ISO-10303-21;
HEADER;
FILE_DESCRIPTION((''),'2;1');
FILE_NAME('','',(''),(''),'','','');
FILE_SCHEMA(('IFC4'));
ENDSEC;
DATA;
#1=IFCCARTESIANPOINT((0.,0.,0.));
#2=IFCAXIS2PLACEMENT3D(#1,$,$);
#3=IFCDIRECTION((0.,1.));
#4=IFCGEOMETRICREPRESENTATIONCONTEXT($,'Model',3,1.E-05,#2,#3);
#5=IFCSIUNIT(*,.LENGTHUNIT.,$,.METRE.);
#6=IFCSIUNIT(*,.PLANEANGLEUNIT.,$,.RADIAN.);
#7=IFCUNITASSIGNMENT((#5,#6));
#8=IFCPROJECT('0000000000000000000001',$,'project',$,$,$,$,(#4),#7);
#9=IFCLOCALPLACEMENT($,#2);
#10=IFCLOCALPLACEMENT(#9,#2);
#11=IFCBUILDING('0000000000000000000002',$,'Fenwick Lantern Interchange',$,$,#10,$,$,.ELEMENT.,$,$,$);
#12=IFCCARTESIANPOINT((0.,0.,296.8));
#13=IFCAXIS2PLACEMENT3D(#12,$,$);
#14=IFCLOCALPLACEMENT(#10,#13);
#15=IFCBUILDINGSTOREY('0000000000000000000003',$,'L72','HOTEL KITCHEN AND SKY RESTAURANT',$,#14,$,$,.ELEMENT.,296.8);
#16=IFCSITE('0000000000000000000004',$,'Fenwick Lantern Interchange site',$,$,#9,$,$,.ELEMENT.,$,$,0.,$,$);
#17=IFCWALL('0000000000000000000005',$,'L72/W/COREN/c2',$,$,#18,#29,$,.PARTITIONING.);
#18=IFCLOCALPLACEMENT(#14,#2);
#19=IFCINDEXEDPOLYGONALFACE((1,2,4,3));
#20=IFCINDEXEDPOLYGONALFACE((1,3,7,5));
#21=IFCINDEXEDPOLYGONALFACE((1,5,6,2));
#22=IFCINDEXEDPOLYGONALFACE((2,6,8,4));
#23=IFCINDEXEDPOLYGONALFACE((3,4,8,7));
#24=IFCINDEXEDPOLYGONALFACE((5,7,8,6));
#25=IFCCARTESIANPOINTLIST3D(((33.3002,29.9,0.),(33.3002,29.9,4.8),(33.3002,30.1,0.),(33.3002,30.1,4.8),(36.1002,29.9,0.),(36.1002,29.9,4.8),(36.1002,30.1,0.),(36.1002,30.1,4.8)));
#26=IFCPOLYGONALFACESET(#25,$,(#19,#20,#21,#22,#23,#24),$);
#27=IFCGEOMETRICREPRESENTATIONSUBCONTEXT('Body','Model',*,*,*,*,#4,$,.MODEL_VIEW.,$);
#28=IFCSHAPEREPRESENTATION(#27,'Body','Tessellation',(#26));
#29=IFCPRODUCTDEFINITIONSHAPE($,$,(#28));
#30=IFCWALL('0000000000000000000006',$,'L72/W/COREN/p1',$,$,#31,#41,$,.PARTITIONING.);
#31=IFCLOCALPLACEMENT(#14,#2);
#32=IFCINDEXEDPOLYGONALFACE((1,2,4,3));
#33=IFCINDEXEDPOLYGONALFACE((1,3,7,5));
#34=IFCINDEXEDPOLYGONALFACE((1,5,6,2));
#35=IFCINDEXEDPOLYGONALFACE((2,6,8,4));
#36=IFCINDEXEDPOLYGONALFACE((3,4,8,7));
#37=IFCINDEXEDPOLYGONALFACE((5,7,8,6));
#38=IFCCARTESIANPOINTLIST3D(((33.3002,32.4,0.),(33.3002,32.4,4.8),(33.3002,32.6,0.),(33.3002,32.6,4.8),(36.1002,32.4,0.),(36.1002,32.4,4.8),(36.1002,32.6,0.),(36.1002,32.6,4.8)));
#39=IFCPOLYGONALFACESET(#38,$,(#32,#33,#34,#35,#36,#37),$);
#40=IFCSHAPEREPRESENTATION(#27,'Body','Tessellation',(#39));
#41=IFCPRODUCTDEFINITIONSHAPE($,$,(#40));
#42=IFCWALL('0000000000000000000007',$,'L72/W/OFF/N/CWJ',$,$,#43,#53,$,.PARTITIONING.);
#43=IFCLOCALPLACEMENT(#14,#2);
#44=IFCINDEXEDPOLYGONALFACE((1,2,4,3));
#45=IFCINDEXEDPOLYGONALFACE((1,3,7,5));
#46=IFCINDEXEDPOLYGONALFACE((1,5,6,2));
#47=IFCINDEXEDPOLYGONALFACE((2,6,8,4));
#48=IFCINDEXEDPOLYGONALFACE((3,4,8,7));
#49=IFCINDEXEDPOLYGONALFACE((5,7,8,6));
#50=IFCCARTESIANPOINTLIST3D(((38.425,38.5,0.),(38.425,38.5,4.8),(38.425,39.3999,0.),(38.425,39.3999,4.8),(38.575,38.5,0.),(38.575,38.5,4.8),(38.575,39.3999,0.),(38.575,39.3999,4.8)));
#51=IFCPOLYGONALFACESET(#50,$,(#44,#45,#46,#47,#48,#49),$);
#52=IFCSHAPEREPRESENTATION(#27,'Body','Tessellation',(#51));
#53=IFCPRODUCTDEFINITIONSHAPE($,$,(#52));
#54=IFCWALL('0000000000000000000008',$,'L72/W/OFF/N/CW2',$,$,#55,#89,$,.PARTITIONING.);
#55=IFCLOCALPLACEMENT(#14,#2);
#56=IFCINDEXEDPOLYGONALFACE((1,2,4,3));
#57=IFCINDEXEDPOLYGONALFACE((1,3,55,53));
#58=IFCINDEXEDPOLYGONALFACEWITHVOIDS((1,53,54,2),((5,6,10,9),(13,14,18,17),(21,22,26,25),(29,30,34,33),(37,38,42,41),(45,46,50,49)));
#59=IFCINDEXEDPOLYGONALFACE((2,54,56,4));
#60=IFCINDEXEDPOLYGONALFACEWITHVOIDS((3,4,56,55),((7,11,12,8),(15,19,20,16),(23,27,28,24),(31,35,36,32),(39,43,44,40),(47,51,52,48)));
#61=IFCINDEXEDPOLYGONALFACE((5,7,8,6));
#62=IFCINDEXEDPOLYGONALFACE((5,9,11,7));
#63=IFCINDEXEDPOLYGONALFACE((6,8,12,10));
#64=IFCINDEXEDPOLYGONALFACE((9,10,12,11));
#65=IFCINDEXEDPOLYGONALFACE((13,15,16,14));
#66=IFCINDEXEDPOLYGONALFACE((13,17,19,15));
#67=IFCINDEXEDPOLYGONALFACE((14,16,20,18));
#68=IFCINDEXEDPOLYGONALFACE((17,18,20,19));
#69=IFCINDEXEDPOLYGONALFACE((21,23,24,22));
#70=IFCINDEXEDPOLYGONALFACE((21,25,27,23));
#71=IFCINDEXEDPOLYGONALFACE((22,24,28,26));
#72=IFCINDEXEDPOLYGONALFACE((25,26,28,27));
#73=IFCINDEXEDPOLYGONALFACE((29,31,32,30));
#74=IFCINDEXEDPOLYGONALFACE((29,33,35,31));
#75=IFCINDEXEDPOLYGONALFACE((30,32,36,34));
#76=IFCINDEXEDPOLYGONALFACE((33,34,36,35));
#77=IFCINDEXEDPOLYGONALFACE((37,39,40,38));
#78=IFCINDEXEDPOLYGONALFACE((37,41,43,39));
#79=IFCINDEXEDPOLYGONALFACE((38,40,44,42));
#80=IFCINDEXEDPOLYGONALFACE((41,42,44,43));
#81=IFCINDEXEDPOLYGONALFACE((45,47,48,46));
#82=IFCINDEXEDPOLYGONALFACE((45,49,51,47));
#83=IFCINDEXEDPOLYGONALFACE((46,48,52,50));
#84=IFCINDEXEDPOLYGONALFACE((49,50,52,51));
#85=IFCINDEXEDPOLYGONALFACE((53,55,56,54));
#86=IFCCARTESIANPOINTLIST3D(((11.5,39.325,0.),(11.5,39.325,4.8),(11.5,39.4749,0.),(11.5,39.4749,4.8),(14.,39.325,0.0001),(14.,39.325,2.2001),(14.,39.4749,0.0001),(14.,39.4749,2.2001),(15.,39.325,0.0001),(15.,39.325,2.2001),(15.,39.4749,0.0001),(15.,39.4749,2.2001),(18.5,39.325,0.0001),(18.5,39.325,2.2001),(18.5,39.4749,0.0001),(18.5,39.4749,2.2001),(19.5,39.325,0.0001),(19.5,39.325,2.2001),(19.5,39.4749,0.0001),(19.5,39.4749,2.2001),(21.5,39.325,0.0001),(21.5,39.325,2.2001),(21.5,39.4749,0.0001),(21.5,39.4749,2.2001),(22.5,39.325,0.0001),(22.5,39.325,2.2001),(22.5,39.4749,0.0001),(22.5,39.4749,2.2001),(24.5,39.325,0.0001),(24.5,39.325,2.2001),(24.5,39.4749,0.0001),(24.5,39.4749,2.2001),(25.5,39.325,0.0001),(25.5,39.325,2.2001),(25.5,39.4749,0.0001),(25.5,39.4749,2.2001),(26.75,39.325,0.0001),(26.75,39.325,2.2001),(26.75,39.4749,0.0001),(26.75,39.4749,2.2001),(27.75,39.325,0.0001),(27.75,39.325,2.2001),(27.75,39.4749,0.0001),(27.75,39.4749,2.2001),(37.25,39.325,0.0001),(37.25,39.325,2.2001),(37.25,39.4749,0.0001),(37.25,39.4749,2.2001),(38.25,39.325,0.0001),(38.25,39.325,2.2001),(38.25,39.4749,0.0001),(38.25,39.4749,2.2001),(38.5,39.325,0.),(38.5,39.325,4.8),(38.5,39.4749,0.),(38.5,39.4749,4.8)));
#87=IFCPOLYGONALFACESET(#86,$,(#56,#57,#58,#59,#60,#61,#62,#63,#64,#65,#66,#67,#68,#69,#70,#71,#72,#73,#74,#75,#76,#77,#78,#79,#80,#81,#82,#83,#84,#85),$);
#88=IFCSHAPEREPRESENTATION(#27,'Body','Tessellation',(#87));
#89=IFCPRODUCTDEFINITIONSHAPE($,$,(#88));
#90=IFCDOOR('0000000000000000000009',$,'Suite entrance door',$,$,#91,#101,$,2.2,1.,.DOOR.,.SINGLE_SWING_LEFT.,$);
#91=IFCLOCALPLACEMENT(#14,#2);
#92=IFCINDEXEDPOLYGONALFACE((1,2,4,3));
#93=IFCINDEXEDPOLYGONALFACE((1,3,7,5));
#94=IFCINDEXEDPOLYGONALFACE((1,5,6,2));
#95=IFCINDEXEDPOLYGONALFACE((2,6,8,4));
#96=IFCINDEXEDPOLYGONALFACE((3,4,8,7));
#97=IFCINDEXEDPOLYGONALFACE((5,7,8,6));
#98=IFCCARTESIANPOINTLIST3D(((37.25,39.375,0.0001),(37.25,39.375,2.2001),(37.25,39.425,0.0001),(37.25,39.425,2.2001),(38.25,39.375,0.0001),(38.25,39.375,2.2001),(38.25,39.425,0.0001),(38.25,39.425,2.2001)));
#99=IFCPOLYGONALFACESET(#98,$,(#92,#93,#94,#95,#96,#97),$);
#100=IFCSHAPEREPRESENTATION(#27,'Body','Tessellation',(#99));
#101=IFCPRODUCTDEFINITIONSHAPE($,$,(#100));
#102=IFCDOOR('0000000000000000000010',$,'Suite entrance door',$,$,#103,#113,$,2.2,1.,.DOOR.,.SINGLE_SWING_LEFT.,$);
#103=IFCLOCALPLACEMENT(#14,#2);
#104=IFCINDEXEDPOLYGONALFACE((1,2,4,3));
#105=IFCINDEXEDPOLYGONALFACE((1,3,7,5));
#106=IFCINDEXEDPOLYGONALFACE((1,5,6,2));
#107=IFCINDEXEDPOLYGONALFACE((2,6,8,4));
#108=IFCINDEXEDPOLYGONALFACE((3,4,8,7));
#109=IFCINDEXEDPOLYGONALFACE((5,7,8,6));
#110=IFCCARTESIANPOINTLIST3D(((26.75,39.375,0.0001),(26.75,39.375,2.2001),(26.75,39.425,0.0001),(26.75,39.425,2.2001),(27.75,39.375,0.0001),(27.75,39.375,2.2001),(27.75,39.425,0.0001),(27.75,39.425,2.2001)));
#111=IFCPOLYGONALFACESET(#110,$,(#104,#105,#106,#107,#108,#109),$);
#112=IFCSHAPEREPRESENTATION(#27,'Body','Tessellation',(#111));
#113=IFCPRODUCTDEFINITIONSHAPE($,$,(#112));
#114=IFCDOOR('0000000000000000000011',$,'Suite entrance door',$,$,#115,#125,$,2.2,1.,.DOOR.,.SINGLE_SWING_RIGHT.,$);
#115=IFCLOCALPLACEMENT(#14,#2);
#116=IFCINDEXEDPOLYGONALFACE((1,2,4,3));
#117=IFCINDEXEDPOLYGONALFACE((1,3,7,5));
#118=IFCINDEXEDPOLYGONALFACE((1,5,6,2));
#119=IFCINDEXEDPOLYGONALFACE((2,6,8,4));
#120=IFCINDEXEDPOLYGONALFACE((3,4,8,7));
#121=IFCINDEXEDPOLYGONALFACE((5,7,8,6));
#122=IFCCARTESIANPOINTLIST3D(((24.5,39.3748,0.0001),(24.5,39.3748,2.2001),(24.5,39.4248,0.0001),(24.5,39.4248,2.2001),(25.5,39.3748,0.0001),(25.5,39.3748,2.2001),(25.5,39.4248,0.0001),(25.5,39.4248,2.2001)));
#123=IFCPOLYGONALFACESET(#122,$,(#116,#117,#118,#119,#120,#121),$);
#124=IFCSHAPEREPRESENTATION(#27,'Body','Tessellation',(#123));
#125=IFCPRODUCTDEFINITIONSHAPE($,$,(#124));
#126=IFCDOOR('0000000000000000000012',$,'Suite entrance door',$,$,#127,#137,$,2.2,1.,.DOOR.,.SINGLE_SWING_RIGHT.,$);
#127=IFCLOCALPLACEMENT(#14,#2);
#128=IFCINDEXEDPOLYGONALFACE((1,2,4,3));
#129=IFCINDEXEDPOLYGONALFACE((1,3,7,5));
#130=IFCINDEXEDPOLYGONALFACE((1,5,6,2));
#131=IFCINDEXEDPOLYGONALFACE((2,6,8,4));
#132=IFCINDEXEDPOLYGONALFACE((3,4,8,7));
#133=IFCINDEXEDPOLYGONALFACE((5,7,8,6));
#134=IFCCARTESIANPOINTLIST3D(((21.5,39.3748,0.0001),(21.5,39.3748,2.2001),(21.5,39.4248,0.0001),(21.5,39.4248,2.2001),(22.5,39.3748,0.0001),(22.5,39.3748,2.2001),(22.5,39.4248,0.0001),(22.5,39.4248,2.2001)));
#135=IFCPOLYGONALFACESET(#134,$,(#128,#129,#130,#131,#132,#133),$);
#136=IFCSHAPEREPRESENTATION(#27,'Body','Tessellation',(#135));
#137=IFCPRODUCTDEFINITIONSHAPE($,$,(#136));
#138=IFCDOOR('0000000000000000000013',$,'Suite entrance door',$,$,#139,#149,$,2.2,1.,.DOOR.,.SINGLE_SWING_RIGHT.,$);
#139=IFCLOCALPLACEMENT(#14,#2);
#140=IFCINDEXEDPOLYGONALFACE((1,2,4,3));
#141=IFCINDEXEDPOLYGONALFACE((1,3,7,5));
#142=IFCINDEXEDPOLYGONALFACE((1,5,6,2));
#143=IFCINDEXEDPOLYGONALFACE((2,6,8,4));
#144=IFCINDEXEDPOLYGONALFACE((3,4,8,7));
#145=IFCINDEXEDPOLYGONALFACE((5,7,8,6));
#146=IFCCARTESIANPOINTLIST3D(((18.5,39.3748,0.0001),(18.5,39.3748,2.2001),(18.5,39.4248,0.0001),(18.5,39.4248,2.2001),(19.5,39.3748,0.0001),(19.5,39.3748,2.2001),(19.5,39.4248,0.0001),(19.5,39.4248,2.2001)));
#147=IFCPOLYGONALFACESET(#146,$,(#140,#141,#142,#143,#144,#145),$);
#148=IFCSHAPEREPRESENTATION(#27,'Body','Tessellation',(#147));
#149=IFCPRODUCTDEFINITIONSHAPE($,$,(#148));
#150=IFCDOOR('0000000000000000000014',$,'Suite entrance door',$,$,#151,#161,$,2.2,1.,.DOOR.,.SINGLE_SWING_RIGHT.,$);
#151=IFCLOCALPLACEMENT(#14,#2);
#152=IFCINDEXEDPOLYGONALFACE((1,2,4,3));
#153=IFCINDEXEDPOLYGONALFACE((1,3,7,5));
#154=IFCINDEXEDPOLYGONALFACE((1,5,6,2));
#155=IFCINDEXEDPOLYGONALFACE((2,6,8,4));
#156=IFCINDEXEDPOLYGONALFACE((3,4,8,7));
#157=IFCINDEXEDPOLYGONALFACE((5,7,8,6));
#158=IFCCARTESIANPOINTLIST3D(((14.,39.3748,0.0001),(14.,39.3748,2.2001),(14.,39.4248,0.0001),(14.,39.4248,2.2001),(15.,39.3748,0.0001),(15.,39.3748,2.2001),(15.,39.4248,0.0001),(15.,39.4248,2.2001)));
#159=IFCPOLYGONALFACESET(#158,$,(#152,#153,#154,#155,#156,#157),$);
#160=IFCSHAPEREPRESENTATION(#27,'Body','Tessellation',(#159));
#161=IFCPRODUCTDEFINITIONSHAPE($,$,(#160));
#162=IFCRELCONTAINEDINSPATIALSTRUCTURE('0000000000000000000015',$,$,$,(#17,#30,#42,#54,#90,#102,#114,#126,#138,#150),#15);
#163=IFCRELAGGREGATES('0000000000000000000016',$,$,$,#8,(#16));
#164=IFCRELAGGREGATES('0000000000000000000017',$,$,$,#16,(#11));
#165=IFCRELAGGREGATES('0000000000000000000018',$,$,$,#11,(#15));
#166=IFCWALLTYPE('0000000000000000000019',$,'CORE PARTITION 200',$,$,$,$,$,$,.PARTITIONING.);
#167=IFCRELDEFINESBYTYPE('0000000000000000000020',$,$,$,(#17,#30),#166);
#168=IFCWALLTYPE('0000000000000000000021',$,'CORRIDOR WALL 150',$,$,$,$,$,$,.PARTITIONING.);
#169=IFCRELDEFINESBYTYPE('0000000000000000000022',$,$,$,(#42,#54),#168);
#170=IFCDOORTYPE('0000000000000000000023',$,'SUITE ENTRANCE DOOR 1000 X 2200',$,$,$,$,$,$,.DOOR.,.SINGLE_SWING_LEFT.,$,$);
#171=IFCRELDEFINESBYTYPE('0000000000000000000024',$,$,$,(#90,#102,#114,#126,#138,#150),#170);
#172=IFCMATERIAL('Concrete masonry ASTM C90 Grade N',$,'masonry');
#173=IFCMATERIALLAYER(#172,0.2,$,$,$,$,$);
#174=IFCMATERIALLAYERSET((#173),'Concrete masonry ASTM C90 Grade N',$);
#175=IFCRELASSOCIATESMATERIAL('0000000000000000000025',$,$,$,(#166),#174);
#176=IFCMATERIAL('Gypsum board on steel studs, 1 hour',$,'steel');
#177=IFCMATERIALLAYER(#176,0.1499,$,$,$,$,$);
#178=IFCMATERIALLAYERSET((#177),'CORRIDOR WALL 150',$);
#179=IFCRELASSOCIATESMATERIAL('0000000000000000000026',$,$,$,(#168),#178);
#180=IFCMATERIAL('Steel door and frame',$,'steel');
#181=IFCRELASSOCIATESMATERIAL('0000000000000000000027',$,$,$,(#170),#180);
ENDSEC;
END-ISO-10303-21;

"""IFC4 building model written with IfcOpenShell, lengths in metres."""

from ifc_helpers import new_model, si_unit, direction, frame, frame_2d, origin, place, context, subcontext, project, spatial, rectangle, extrude, material, layer, layer_set, type_object, element, fill, save


model = new_model("IFC4")

# Units and contexts
model_context = context("Model", 3, precision=1e-05, world=origin(), true_north=direction((0.0, 1.0)))
body_context = subcontext(model_context, "Body", "Model", "MODEL_VIEW")
ifc_project = project(units=[si_unit("LENGTHUNIT", "METRE"), si_unit("PLANEANGLEUNIT", "RADIAN")], contexts=[model_context])

# Site, building, storey
site_placement = place(None, origin())
site = spatial("IfcSite", under=ifc_project, at=site_placement, Name="Fenwick Lantern Interchange site", CompositionType="ELEMENT", RefElevation=0.0)
building_placement = place(site_placement, origin())
building = spatial("IfcBuilding", under=site, at=building_placement, Name="Fenwick Lantern Interchange", CompositionType="ELEMENT")
storey_placement = place(building_placement, frame((0.0, 0.0, 296.8)))
storey = spatial("IfcBuildingStorey", under=building, at=storey_placement, Name="L72", Description="HOTEL KITCHEN AND SKY RESTAURANT", CompositionType="ELEMENT", Elevation=296.8)

# Walls
ifc_material_1 = material(Name="Concrete masonry ASTM C90 Grade N", Category="masonry")
ifc_layer_1 = layer(ifc_material_1, 0.2)
ifc_layer_set_1 = layer_set([ifc_layer_1], Name="Concrete masonry ASTM C90 Grade N")
wall_type_1 = type_object("IfcWallType", Name="CORE PARTITION 200", PredefinedType="PARTITIONING", material=ifc_layer_set_1)
for number, where, z_axis, x_axis, name in (
    (1, (36.1001, 30.0, 0.0), (0.0, 0.0, 1.0), (-1.0, 0.0, 0.0), "L72/W/COREN/c2"),
    (2, (36.1001, 32.5, 0.0), (0.0, 0.0, 1.0), (-1.0, 0.0, 0.0), "L72/W/COREN/p1"),
):
    element("IfcWall", number, at=place(storey_placement, frame(where, z_axis=z_axis, x_axis=x_axis)), inside=storey, type_object=wall_type_1, Name=name, PredefinedType="PARTITIONING", context=body_context, shape_type="SweptSolid", body=[
        extrude(rectangle(XDim=2.8, YDim=0.2, at=frame_2d((1.3999, 0.0))), origin(), (0.0, 0.0, 1.0), 4.8),
    ])

# Shared definitions
ifc_material_2 = material(Name="Steel door and frame", Category="steel")

# Wall
ifc_material_3 = material(Name="Gypsum board on steel studs, 1 hour", Category="steel")
ifc_layer_2 = layer(ifc_material_3, 0.1499)
ifc_layer_set_2 = layer_set([ifc_layer_2], Name="CORRIDOR WALL 150")
wall_type_2 = type_object("IfcWallType", Name="CORRIDOR WALL 150", PredefinedType="PARTITIONING", material=ifc_layer_set_2)
wall_1_placement = place(storey_placement, frame((38.5, 38.5, 0.0), z_axis=(0.0, 0.0, 1.0), x_axis=(0.0, 1.0, 0.0)))
element("IfcWall", 3, at=wall_1_placement, inside=storey, type_object=wall_type_2, Name="L72/W/OFF/N/CWJ", PredefinedType="PARTITIONING", context=body_context, shape_type="SweptSolid", body=[
    extrude(rectangle(XDim=0.8999, YDim=0.1499, at=frame_2d((0.45, 0.0))), origin(), (0.0, 0.0, 1.0), 4.8),
])

# Wall, openings, doors
wall_2_placement = place(storey_placement, frame((38.5, 39.3999, 0.0), z_axis=(0.0, 0.0, 1.0), x_axis=(-1.0, 0.0, 0.0)))
wall_2 = element("IfcWall", 4, at=wall_2_placement, inside=storey, type_object=wall_type_2, Name="L72/W/OFF/N/CW2", PredefinedType="PARTITIONING", context=body_context, shape_type="SweptSolid", body=[
    extrude(rectangle(XDim=27.0, YDim=0.1499, at=frame_2d((13.5, 0.0))), origin(), (0.0, 0.0, 1.0), 4.8),
])
opening_1_placement = place(wall_2_placement, frame((0.25, 0.0, 0.0)))
opening_1 = element("IfcOpeningElement", 5, at=opening_1_placement, cuts=wall_2, PredefinedType="OPENING", context=body_context, shape_type="SweptSolid", body=[
    extrude(rectangle(XDim=1.0, YDim=2.2, at=frame_2d((0.5, 1.1001))), frame((0.0, 0.085, 0.0), z_axis=(0.0, -1.0, 0.0), x_axis=(1.0, 0.0, 0.0)), (0.0, 0.0, 1.0), 0.1699),
])
opening_2_placement = place(wall_2_placement, frame((10.75, 0.0, 0.0)))
opening_2 = element("IfcOpeningElement", 6, at=opening_2_placement, cuts=wall_2, PredefinedType="OPENING", context=body_context, shape_type="SweptSolid", body=[
    extrude(rectangle(XDim=1.0, YDim=2.2, at=frame_2d((0.5, 1.1001))), frame((0.0, 0.085, 0.0), z_axis=(0.0, -1.0, 0.0), x_axis=(1.0, 0.0, 0.0)), (0.0, 0.0, 1.0), 0.1699),
])
opening_3_placement = place(wall_2_placement, frame((13.0, 0.0, 0.0)))
opening_3 = element("IfcOpeningElement", 7, at=opening_3_placement, cuts=wall_2, PredefinedType="OPENING", context=body_context, shape_type="SweptSolid", body=[
    extrude(rectangle(XDim=1.0, YDim=2.2, at=frame_2d((0.5, 1.1001))), frame((0.0, 0.085, 0.0), z_axis=(0.0, -1.0, 0.0), x_axis=(1.0, 0.0, 0.0)), (0.0, 0.0, 1.0), 0.1699),
])
opening_4_placement = place(wall_2_placement, frame((16.0, 0.0, 0.0)))
opening_4 = element("IfcOpeningElement", 8, at=opening_4_placement, cuts=wall_2, PredefinedType="OPENING", context=body_context, shape_type="SweptSolid", body=[
    extrude(rectangle(XDim=1.0, YDim=2.2, at=frame_2d((0.5, 1.1001))), frame((0.0, 0.085, 0.0), z_axis=(0.0, -1.0, 0.0), x_axis=(1.0, 0.0, 0.0)), (0.0, 0.0, 1.0), 0.1699),
])
opening_5_placement = place(wall_2_placement, frame((19.0, 0.0, 0.0)))
opening_5 = element("IfcOpeningElement", 9, at=opening_5_placement, cuts=wall_2, PredefinedType="OPENING", context=body_context, shape_type="SweptSolid", body=[
    extrude(rectangle(XDim=1.0, YDim=2.2, at=frame_2d((0.5, 1.1001))), frame((0.0, 0.085, 0.0), z_axis=(0.0, -1.0, 0.0), x_axis=(1.0, 0.0, 0.0)), (0.0, 0.0, 1.0), 0.1699),
])
opening_6_placement = place(wall_2_placement, frame((23.5, 0.0, 0.0)))
opening_6 = element("IfcOpeningElement", 10, at=opening_6_placement, cuts=wall_2, PredefinedType="OPENING", context=body_context, shape_type="SweptSolid", body=[
    extrude(rectangle(XDim=1.0, YDim=2.2, at=frame_2d((0.5, 1.1001))), frame((0.0, 0.085, 0.0), z_axis=(0.0, -1.0, 0.0), x_axis=(1.0, 0.0, 0.0)), (0.0, 0.0, 1.0), 0.1699),
])
door_type_1 = type_object("IfcDoorType", Name="SUITE ENTRANCE DOOR 1000 X 2200", OperationType="SINGLE_SWING_LEFT", PredefinedType="DOOR", material=ifc_material_2)
door_1_placement = place(opening_1_placement, origin())
door_1 = element("IfcDoor", 11, at=door_1_placement, inside=storey, type_object=door_type_1, Name="Suite entrance door", OperationType="SINGLE_SWING_LEFT", OverallHeight=2.2, OverallWidth=1.0, PredefinedType="DOOR", context=body_context, shape_type="SweptSolid", body=[
    extrude(rectangle(XDim=1.0, YDim=2.2, at=frame_2d((0.5, 1.1001))), frame((0.0, 0.0249, 0.0), z_axis=(0.0, -1.0, 0.0), x_axis=(1.0, 0.0, 0.0)), (0.0, 0.0, 1.0), 0.05),
])
fill(opening_1, door_1)
door_2_placement = place(opening_2_placement, origin())
door_2 = element("IfcDoor", 12, at=door_2_placement, inside=storey, type_object=door_type_1, Name="Suite entrance door", OperationType="SINGLE_SWING_LEFT", OverallHeight=2.2, OverallWidth=1.0, PredefinedType="DOOR", context=body_context, shape_type="SweptSolid", body=[
    extrude(rectangle(XDim=1.0, YDim=2.2, at=frame_2d((0.5, 1.1001))), frame((0.0, 0.0249, 0.0), z_axis=(0.0, -1.0, 0.0), x_axis=(1.0, 0.0, 0.0)), (0.0, 0.0, 1.0), 0.05),
])
fill(opening_2, door_2)
door_3_placement = place(opening_3_placement, frame((1.0, 0.0, 0.0), z_axis=(0.0, 0.0, 1.0), x_axis=(-1.0, 0.0, 0.0)))
door_3 = element("IfcDoor", 13, at=door_3_placement, inside=storey, type_object=door_type_1, Name="Suite entrance door", OperationType="SINGLE_SWING_RIGHT", OverallHeight=2.2, OverallWidth=1.0, PredefinedType="DOOR", context=body_context, shape_type="SweptSolid", body=[
    extrude(rectangle(XDim=1.0, YDim=2.2, at=frame_2d((0.5, 1.1001))), frame((0.0, 0.0249, 0.0), z_axis=(0.0, -1.0, 0.0), x_axis=(1.0, 0.0, 0.0)), (0.0, 0.0, 1.0), 0.05),
])
fill(opening_3, door_3)
door_4_placement = place(opening_4_placement, frame((1.0, 0.0, 0.0), z_axis=(0.0, 0.0, 1.0), x_axis=(-1.0, 0.0, 0.0)))
door_4 = element("IfcDoor", 14, at=door_4_placement, inside=storey, type_object=door_type_1, Name="Suite entrance door", OperationType="SINGLE_SWING_RIGHT", OverallHeight=2.2, OverallWidth=1.0, PredefinedType="DOOR", context=body_context, shape_type="SweptSolid", body=[
    extrude(rectangle(XDim=1.0, YDim=2.2, at=frame_2d((0.5, 1.1001))), frame((0.0, 0.0249, 0.0), z_axis=(0.0, -1.0, 0.0), x_axis=(1.0, 0.0, 0.0)), (0.0, 0.0, 1.0), 0.05),
])
fill(opening_4, door_4)
door_5_placement = place(opening_5_placement, frame((1.0, 0.0, 0.0), z_axis=(0.0, 0.0, 1.0), x_axis=(-1.0, 0.0, 0.0)))
door_5 = element("IfcDoor", 15, at=door_5_placement, inside=storey, type_object=door_type_1, Name="Suite entrance door", OperationType="SINGLE_SWING_RIGHT", OverallHeight=2.2, OverallWidth=1.0, PredefinedType="DOOR", context=body_context, shape_type="SweptSolid", body=[
    extrude(rectangle(XDim=1.0, YDim=2.2, at=frame_2d((0.5, 1.1001))), frame((0.0, 0.0249, 0.0), z_axis=(0.0, -1.0, 0.0), x_axis=(1.0, 0.0, 0.0)), (0.0, 0.0, 1.0), 0.05),
])
fill(opening_5, door_5)
door_6_placement = place(opening_6_placement, frame((1.0, 0.0, 0.0), z_axis=(0.0, 0.0, 1.0), x_axis=(-1.0, 0.0, 0.0)))
door_6 = element("IfcDoor", 16, at=door_6_placement, inside=storey, type_object=door_type_1, Name="Suite entrance door", OperationType="SINGLE_SWING_RIGHT", OverallHeight=2.2, OverallWidth=1.0, PredefinedType="DOOR", context=body_context, shape_type="SweptSolid", body=[
    extrude(rectangle(XDim=1.0, YDim=2.2, at=frame_2d((0.5, 1.1001))), frame((0.0, 0.0249, 0.0), z_axis=(0.0, -1.0, 0.0), x_axis=(1.0, 0.0, 0.0)), (0.0, 0.0, 1.0), 0.05),
])
fill(opening_6, door_6)

save(model, "model.ifc")
